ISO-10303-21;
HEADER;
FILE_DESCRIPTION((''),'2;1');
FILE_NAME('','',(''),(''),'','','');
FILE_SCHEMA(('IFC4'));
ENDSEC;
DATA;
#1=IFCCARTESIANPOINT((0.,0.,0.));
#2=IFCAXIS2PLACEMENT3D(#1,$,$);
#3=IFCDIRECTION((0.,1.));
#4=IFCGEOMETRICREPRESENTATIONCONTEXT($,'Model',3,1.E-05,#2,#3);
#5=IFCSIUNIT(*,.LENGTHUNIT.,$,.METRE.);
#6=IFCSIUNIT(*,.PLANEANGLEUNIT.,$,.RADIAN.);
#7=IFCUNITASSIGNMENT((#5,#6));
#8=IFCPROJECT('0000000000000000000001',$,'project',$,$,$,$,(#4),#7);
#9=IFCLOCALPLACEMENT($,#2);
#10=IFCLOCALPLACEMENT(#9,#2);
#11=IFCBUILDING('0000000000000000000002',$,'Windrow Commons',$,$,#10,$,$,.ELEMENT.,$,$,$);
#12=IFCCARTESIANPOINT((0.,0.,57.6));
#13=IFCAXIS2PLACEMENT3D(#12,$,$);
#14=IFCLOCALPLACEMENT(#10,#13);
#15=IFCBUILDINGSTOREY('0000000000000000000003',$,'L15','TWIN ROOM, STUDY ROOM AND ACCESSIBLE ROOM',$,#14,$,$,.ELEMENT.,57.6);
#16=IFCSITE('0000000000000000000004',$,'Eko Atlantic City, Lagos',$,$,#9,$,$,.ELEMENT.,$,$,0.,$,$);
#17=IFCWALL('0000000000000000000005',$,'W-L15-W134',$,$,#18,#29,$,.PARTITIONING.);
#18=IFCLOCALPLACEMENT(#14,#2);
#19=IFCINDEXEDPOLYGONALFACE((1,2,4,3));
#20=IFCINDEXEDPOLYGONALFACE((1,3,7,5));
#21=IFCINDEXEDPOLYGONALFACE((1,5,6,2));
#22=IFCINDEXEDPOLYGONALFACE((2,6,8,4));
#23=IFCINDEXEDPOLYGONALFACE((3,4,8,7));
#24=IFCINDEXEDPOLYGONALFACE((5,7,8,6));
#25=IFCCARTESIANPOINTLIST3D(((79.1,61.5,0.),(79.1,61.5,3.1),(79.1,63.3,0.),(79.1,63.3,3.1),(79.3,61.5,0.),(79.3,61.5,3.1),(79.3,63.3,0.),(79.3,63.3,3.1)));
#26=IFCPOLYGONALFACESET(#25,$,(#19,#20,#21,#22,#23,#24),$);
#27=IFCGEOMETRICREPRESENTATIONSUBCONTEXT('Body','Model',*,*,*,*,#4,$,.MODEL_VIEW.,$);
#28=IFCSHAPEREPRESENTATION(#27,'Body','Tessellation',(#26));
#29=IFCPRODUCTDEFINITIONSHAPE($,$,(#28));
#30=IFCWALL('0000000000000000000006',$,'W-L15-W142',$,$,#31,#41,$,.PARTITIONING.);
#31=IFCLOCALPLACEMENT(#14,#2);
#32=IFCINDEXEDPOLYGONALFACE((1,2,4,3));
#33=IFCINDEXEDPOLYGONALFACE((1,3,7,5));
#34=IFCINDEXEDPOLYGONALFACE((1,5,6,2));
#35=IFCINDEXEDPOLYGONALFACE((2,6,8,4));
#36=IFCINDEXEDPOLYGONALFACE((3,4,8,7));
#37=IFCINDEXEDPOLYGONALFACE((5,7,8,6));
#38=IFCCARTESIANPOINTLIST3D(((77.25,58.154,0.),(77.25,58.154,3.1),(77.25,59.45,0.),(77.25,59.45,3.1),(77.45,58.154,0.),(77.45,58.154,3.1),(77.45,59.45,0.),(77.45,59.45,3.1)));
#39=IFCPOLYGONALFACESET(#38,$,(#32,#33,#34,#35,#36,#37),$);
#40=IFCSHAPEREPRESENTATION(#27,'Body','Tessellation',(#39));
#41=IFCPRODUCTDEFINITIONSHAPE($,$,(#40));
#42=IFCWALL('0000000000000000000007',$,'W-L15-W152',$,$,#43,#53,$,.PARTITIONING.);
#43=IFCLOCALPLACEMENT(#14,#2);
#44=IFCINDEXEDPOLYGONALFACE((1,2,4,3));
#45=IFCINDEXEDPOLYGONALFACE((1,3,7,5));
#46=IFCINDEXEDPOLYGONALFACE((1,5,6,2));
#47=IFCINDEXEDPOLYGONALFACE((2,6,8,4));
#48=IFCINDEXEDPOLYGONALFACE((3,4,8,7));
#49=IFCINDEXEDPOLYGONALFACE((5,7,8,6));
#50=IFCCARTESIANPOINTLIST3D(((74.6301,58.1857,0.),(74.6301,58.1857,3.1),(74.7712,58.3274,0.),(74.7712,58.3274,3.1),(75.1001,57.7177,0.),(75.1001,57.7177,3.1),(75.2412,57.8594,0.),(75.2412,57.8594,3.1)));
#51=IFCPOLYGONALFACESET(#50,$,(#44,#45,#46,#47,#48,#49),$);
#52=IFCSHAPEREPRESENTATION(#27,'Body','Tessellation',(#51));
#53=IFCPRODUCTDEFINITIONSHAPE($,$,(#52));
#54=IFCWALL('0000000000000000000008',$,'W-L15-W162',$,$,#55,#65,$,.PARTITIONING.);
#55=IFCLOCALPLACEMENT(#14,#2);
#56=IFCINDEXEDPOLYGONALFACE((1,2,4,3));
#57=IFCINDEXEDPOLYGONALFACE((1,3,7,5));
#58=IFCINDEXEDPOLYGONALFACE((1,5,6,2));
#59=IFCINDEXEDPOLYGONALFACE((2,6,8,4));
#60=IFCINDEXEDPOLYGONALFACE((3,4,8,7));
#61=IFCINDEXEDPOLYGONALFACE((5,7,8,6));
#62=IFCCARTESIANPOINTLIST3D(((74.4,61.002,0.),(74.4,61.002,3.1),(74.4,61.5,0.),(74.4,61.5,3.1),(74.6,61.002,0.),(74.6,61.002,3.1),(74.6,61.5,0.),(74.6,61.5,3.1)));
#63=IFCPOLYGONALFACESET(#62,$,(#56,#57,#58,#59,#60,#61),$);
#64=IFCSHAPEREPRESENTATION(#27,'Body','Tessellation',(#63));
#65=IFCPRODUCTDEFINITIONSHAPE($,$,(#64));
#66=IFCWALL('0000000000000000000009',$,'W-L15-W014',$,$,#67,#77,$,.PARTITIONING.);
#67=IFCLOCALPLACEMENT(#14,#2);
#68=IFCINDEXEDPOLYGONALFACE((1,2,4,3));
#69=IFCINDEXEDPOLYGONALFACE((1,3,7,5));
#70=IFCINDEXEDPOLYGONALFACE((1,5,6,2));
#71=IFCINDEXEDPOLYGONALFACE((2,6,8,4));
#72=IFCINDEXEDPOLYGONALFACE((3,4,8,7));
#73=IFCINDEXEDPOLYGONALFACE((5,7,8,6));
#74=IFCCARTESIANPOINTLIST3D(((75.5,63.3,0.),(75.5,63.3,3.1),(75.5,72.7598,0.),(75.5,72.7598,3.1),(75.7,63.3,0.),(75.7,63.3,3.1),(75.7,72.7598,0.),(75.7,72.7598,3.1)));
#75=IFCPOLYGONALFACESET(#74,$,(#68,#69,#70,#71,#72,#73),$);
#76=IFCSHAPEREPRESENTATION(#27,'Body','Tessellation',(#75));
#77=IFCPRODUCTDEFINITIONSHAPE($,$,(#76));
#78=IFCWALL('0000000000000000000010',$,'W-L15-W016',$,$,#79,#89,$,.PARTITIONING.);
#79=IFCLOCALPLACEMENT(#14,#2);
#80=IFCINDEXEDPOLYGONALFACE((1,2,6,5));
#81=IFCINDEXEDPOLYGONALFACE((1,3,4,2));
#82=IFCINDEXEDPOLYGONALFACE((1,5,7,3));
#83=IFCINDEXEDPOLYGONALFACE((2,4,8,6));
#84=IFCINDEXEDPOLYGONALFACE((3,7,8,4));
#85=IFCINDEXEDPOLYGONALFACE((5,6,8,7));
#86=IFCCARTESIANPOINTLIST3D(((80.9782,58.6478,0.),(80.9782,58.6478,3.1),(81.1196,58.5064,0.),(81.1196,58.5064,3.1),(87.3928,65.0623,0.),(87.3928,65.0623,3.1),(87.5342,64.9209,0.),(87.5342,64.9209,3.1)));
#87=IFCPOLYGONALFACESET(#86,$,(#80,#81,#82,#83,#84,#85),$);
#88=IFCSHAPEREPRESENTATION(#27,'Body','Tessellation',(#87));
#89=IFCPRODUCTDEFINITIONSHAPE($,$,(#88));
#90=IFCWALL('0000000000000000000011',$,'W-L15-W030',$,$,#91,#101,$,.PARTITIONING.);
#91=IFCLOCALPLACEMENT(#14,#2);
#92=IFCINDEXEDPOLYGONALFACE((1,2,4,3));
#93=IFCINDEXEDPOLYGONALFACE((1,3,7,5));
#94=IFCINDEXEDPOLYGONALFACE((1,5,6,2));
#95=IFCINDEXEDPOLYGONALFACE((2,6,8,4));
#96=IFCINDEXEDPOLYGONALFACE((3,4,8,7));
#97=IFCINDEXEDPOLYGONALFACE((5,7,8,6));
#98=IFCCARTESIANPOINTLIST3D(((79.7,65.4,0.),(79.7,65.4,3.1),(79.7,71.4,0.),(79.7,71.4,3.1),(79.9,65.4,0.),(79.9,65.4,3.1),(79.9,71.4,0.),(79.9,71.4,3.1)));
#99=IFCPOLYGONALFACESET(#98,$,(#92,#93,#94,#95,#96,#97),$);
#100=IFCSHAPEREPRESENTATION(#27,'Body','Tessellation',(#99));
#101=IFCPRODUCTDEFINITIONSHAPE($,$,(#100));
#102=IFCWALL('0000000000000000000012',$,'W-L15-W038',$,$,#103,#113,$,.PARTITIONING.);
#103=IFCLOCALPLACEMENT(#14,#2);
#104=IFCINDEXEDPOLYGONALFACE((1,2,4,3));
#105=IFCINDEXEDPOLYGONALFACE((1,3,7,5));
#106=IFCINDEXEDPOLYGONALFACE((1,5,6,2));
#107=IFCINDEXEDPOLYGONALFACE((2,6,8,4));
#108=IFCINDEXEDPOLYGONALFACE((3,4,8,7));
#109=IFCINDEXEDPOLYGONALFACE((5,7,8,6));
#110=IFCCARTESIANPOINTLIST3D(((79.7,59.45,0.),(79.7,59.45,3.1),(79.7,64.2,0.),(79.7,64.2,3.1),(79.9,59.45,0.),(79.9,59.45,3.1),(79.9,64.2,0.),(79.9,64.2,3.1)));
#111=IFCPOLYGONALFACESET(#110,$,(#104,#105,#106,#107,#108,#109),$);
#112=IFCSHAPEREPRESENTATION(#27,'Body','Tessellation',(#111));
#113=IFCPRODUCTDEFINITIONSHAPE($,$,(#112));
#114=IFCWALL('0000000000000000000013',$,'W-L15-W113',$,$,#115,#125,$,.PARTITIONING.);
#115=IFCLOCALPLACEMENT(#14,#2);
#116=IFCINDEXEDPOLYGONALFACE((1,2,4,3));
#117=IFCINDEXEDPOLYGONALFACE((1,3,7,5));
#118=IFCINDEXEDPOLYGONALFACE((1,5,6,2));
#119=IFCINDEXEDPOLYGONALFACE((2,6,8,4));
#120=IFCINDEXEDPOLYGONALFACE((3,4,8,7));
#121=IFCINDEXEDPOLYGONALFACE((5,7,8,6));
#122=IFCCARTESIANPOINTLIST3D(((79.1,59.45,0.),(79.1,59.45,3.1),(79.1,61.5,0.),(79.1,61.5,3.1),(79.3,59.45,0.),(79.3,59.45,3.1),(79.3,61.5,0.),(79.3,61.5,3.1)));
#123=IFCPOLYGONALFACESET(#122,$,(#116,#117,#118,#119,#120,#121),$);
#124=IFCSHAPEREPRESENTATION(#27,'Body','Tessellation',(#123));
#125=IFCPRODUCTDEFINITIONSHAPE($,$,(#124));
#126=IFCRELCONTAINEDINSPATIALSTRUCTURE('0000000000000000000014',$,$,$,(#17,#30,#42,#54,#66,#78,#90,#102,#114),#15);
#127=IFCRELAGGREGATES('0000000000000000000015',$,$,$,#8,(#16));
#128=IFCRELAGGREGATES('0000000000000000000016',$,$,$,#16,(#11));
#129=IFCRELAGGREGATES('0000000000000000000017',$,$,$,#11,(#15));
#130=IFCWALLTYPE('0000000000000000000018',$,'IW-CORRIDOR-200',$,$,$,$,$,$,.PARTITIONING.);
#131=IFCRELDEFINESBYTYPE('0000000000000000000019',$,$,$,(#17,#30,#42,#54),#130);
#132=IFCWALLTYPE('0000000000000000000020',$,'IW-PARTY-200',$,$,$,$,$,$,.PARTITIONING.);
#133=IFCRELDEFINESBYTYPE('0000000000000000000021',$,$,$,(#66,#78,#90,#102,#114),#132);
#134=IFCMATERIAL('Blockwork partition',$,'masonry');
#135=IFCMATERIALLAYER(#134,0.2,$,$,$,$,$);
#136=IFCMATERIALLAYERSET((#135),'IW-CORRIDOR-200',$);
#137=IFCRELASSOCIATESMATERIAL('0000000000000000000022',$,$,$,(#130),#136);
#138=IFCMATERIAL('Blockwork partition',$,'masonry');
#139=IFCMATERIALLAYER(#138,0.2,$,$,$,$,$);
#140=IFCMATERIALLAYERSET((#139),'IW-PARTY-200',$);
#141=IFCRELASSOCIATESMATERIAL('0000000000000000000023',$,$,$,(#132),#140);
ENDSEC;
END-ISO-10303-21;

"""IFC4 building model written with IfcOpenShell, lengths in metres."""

from ifc_helpers import new_model, si_unit, direction, frame, frame_2d, origin, place, context, subcontext, project, spatial, rectangle, extrude, material, layer, layer_set, type_object, element, save


model = new_model("IFC4")

# Units and contexts
model_context = context("Model", 3, precision=1e-05, world=origin(), true_north=direction((0.0, 1.0)))
body_context = subcontext(model_context, "Body", "Model", "MODEL_VIEW")
ifc_project = project(units=[si_unit("LENGTHUNIT", "METRE"), si_unit("PLANEANGLEUNIT", "RADIAN")], contexts=[model_context])

# Site, building, storey
site_placement = place(None, origin())
site = spatial("IfcSite", under=ifc_project, at=site_placement, Name="Eko Atlantic City, Lagos", CompositionType="ELEMENT", RefElevation=0.0)
building_placement = place(site_placement, origin())
building = spatial("IfcBuilding", under=site, at=building_placement, Name="Windrow Commons", CompositionType="ELEMENT")
storey_placement = place(building_placement, frame((0.0, 0.0, 57.6)))
storey = spatial("IfcBuildingStorey", under=building, at=storey_placement, Name="L15", Description="TWIN ROOM, STUDY ROOM AND ACCESSIBLE ROOM", CompositionType="ELEMENT", Elevation=57.6)

# Shared definitions
ifc_material_1 = material(Name="Blockwork partition", Category="masonry")
ifc_layer_1 = layer(ifc_material_1, 0.2)
ifc_layer_set_1 = layer_set([ifc_layer_1], Name="IW-CORRIDOR-200")
wall_type_1 = type_object("IfcWallType", Name="IW-CORRIDOR-200", PredefinedType="PARTITIONING", material=ifc_layer_set_1)

# Walls
wall_1_placement = place(storey_placement, frame((79.2, 61.5, 0.0), z_axis=(0.0, 0.0, 1.0), x_axis=(0.0, 1.0, 0.0)))
element("IfcWall", 1, at=wall_1_placement, inside=storey, type_object=wall_type_1, Name="W-L15-W134", PredefinedType="PARTITIONING", context=body_context, shape_type="SweptSolid", body=[
    extrude(rectangle(XDim=1.8, YDim=0.2, at=frame_2d((0.9, 0.0))), origin(), (0.0, 0.0, 1.0), 3.1),
])
wall_2_placement = place(storey_placement, frame((77.35, 58.154, 0.0), z_axis=(0.0, 0.0, 1.0), x_axis=(0.0, 1.0, 0.0)))
element("IfcWall", 2, at=wall_2_placement, inside=storey, type_object=wall_type_1, Name="W-L15-W142", PredefinedType="PARTITIONING", context=body_context, shape_type="SweptSolid", body=[
    extrude(rectangle(XDim=1.296, YDim=0.2, at=frame_2d((0.648, 0.0))), origin(), (0.0, 0.0, 1.0), 3.1),
])
wall_3_placement = place(storey_placement, frame((74.7006, 58.2566, 0.0), z_axis=(0.0, 0.0, 1.0), x_axis=(0.708613, -0.705597, 0.0)))
element("IfcWall", 3, at=wall_3_placement, inside=storey, type_object=wall_type_1, Name="W-L15-W152", PredefinedType="PARTITIONING", context=body_context, shape_type="SweptSolid", body=[
    extrude(rectangle(XDim=0.6633, YDim=0.2, at=frame_2d((0.3317, 0.0))), origin(), (0.0, 0.0, 1.0), 3.1),
])
wall_4_placement = place(storey_placement, frame((74.5, 61.002, 0.0), z_axis=(0.0, 0.0, 1.0), x_axis=(0.0, 1.0, 0.0)))
element("IfcWall", 4, at=wall_4_placement, inside=storey, type_object=wall_type_1, Name="W-L15-W162", PredefinedType="PARTITIONING", context=body_context, shape_type="SweptSolid", body=[
    extrude(rectangle(XDim=0.498, YDim=0.2, at=frame_2d((0.249, 0.0))), origin(), (0.0, 0.0, 1.0), 3.1),
])
ifc_material_2 = material(Name="Blockwork partition", Category="masonry")
ifc_layer_2 = layer(ifc_material_2, 0.2)
ifc_layer_set_2 = layer_set([ifc_layer_2], Name="IW-PARTY-200")
wall_type_2 = type_object("IfcWallType", Name="IW-PARTY-200", PredefinedType="PARTITIONING", material=ifc_layer_set_2)
wall_5_placement = place(storey_placement, frame((75.6, 63.3, 0.0), z_axis=(0.0, 0.0, 1.0), x_axis=(0.0, 1.0, 0.0)))
element("IfcWall", 5, at=wall_5_placement, inside=storey, type_object=wall_type_2, Name="W-L15-W014", PredefinedType="PARTITIONING", context=body_context, shape_type="SweptSolid", body=[
    extrude(rectangle(XDim=9.4599, YDim=0.2, at=frame_2d((4.7299, 0.0))), origin(), (0.0, 0.0, 1.0), 3.1),
])
wall_6_placement = place(storey_placement, frame((81.0489, 58.5771, 0.0), z_axis=(0.0, 0.0, 1.0), x_axis=(0.707112, 0.707101, 0.0)))
element("IfcWall", 6, at=wall_6_placement, inside=storey, type_object=wall_type_2, Name="W-L15-W016", PredefinedType="PARTITIONING", context=body_context, shape_type="SweptSolid", body=[
    extrude(rectangle(XDim=9.0715, YDim=0.2, at=frame_2d((4.5358, 0.0))), origin(), (0.0, 0.0, 1.0), 3.1),
])
wall_7_placement = place(storey_placement, frame((79.8, 65.4, 0.0), z_axis=(0.0, 0.0, 1.0), x_axis=(0.0, 1.0, 0.0)))
element("IfcWall", 7, at=wall_7_placement, inside=storey, type_object=wall_type_2, Name="W-L15-W030", PredefinedType="PARTITIONING", context=body_context, shape_type="SweptSolid", body=[
    extrude(rectangle(XDim=6.0, YDim=0.2, at=frame_2d((3.0, 0.0))), origin(), (0.0, 0.0, 1.0), 3.1),
])
wall_8_placement = place(storey_placement, frame((79.8, 59.45, 0.0), z_axis=(0.0, 0.0, 1.0), x_axis=(0.0, 1.0, 0.0)))
element("IfcWall", 8, at=wall_8_placement, inside=storey, type_object=wall_type_2, Name="W-L15-W038", PredefinedType="PARTITIONING", context=body_context, shape_type="SweptSolid", body=[
    extrude(rectangle(XDim=4.75, YDim=0.2, at=frame_2d((2.375, 0.0))), origin(), (0.0, 0.0, 1.0), 3.1),
])
wall_9_placement = place(storey_placement, frame((79.2, 59.45, 0.0), z_axis=(0.0, 0.0, 1.0), x_axis=(0.0, 1.0, 0.0)))
element("IfcWall", 9, at=wall_9_placement, inside=storey, type_object=wall_type_2, Name="W-L15-W113", PredefinedType="PARTITIONING", context=body_context, shape_type="SweptSolid", body=[
    extrude(rectangle(XDim=2.05, YDim=0.2, at=frame_2d((1.025, 0.0))), origin(), (0.0, 0.0, 1.0), 3.1),
])

save(model, "model.ifc")
